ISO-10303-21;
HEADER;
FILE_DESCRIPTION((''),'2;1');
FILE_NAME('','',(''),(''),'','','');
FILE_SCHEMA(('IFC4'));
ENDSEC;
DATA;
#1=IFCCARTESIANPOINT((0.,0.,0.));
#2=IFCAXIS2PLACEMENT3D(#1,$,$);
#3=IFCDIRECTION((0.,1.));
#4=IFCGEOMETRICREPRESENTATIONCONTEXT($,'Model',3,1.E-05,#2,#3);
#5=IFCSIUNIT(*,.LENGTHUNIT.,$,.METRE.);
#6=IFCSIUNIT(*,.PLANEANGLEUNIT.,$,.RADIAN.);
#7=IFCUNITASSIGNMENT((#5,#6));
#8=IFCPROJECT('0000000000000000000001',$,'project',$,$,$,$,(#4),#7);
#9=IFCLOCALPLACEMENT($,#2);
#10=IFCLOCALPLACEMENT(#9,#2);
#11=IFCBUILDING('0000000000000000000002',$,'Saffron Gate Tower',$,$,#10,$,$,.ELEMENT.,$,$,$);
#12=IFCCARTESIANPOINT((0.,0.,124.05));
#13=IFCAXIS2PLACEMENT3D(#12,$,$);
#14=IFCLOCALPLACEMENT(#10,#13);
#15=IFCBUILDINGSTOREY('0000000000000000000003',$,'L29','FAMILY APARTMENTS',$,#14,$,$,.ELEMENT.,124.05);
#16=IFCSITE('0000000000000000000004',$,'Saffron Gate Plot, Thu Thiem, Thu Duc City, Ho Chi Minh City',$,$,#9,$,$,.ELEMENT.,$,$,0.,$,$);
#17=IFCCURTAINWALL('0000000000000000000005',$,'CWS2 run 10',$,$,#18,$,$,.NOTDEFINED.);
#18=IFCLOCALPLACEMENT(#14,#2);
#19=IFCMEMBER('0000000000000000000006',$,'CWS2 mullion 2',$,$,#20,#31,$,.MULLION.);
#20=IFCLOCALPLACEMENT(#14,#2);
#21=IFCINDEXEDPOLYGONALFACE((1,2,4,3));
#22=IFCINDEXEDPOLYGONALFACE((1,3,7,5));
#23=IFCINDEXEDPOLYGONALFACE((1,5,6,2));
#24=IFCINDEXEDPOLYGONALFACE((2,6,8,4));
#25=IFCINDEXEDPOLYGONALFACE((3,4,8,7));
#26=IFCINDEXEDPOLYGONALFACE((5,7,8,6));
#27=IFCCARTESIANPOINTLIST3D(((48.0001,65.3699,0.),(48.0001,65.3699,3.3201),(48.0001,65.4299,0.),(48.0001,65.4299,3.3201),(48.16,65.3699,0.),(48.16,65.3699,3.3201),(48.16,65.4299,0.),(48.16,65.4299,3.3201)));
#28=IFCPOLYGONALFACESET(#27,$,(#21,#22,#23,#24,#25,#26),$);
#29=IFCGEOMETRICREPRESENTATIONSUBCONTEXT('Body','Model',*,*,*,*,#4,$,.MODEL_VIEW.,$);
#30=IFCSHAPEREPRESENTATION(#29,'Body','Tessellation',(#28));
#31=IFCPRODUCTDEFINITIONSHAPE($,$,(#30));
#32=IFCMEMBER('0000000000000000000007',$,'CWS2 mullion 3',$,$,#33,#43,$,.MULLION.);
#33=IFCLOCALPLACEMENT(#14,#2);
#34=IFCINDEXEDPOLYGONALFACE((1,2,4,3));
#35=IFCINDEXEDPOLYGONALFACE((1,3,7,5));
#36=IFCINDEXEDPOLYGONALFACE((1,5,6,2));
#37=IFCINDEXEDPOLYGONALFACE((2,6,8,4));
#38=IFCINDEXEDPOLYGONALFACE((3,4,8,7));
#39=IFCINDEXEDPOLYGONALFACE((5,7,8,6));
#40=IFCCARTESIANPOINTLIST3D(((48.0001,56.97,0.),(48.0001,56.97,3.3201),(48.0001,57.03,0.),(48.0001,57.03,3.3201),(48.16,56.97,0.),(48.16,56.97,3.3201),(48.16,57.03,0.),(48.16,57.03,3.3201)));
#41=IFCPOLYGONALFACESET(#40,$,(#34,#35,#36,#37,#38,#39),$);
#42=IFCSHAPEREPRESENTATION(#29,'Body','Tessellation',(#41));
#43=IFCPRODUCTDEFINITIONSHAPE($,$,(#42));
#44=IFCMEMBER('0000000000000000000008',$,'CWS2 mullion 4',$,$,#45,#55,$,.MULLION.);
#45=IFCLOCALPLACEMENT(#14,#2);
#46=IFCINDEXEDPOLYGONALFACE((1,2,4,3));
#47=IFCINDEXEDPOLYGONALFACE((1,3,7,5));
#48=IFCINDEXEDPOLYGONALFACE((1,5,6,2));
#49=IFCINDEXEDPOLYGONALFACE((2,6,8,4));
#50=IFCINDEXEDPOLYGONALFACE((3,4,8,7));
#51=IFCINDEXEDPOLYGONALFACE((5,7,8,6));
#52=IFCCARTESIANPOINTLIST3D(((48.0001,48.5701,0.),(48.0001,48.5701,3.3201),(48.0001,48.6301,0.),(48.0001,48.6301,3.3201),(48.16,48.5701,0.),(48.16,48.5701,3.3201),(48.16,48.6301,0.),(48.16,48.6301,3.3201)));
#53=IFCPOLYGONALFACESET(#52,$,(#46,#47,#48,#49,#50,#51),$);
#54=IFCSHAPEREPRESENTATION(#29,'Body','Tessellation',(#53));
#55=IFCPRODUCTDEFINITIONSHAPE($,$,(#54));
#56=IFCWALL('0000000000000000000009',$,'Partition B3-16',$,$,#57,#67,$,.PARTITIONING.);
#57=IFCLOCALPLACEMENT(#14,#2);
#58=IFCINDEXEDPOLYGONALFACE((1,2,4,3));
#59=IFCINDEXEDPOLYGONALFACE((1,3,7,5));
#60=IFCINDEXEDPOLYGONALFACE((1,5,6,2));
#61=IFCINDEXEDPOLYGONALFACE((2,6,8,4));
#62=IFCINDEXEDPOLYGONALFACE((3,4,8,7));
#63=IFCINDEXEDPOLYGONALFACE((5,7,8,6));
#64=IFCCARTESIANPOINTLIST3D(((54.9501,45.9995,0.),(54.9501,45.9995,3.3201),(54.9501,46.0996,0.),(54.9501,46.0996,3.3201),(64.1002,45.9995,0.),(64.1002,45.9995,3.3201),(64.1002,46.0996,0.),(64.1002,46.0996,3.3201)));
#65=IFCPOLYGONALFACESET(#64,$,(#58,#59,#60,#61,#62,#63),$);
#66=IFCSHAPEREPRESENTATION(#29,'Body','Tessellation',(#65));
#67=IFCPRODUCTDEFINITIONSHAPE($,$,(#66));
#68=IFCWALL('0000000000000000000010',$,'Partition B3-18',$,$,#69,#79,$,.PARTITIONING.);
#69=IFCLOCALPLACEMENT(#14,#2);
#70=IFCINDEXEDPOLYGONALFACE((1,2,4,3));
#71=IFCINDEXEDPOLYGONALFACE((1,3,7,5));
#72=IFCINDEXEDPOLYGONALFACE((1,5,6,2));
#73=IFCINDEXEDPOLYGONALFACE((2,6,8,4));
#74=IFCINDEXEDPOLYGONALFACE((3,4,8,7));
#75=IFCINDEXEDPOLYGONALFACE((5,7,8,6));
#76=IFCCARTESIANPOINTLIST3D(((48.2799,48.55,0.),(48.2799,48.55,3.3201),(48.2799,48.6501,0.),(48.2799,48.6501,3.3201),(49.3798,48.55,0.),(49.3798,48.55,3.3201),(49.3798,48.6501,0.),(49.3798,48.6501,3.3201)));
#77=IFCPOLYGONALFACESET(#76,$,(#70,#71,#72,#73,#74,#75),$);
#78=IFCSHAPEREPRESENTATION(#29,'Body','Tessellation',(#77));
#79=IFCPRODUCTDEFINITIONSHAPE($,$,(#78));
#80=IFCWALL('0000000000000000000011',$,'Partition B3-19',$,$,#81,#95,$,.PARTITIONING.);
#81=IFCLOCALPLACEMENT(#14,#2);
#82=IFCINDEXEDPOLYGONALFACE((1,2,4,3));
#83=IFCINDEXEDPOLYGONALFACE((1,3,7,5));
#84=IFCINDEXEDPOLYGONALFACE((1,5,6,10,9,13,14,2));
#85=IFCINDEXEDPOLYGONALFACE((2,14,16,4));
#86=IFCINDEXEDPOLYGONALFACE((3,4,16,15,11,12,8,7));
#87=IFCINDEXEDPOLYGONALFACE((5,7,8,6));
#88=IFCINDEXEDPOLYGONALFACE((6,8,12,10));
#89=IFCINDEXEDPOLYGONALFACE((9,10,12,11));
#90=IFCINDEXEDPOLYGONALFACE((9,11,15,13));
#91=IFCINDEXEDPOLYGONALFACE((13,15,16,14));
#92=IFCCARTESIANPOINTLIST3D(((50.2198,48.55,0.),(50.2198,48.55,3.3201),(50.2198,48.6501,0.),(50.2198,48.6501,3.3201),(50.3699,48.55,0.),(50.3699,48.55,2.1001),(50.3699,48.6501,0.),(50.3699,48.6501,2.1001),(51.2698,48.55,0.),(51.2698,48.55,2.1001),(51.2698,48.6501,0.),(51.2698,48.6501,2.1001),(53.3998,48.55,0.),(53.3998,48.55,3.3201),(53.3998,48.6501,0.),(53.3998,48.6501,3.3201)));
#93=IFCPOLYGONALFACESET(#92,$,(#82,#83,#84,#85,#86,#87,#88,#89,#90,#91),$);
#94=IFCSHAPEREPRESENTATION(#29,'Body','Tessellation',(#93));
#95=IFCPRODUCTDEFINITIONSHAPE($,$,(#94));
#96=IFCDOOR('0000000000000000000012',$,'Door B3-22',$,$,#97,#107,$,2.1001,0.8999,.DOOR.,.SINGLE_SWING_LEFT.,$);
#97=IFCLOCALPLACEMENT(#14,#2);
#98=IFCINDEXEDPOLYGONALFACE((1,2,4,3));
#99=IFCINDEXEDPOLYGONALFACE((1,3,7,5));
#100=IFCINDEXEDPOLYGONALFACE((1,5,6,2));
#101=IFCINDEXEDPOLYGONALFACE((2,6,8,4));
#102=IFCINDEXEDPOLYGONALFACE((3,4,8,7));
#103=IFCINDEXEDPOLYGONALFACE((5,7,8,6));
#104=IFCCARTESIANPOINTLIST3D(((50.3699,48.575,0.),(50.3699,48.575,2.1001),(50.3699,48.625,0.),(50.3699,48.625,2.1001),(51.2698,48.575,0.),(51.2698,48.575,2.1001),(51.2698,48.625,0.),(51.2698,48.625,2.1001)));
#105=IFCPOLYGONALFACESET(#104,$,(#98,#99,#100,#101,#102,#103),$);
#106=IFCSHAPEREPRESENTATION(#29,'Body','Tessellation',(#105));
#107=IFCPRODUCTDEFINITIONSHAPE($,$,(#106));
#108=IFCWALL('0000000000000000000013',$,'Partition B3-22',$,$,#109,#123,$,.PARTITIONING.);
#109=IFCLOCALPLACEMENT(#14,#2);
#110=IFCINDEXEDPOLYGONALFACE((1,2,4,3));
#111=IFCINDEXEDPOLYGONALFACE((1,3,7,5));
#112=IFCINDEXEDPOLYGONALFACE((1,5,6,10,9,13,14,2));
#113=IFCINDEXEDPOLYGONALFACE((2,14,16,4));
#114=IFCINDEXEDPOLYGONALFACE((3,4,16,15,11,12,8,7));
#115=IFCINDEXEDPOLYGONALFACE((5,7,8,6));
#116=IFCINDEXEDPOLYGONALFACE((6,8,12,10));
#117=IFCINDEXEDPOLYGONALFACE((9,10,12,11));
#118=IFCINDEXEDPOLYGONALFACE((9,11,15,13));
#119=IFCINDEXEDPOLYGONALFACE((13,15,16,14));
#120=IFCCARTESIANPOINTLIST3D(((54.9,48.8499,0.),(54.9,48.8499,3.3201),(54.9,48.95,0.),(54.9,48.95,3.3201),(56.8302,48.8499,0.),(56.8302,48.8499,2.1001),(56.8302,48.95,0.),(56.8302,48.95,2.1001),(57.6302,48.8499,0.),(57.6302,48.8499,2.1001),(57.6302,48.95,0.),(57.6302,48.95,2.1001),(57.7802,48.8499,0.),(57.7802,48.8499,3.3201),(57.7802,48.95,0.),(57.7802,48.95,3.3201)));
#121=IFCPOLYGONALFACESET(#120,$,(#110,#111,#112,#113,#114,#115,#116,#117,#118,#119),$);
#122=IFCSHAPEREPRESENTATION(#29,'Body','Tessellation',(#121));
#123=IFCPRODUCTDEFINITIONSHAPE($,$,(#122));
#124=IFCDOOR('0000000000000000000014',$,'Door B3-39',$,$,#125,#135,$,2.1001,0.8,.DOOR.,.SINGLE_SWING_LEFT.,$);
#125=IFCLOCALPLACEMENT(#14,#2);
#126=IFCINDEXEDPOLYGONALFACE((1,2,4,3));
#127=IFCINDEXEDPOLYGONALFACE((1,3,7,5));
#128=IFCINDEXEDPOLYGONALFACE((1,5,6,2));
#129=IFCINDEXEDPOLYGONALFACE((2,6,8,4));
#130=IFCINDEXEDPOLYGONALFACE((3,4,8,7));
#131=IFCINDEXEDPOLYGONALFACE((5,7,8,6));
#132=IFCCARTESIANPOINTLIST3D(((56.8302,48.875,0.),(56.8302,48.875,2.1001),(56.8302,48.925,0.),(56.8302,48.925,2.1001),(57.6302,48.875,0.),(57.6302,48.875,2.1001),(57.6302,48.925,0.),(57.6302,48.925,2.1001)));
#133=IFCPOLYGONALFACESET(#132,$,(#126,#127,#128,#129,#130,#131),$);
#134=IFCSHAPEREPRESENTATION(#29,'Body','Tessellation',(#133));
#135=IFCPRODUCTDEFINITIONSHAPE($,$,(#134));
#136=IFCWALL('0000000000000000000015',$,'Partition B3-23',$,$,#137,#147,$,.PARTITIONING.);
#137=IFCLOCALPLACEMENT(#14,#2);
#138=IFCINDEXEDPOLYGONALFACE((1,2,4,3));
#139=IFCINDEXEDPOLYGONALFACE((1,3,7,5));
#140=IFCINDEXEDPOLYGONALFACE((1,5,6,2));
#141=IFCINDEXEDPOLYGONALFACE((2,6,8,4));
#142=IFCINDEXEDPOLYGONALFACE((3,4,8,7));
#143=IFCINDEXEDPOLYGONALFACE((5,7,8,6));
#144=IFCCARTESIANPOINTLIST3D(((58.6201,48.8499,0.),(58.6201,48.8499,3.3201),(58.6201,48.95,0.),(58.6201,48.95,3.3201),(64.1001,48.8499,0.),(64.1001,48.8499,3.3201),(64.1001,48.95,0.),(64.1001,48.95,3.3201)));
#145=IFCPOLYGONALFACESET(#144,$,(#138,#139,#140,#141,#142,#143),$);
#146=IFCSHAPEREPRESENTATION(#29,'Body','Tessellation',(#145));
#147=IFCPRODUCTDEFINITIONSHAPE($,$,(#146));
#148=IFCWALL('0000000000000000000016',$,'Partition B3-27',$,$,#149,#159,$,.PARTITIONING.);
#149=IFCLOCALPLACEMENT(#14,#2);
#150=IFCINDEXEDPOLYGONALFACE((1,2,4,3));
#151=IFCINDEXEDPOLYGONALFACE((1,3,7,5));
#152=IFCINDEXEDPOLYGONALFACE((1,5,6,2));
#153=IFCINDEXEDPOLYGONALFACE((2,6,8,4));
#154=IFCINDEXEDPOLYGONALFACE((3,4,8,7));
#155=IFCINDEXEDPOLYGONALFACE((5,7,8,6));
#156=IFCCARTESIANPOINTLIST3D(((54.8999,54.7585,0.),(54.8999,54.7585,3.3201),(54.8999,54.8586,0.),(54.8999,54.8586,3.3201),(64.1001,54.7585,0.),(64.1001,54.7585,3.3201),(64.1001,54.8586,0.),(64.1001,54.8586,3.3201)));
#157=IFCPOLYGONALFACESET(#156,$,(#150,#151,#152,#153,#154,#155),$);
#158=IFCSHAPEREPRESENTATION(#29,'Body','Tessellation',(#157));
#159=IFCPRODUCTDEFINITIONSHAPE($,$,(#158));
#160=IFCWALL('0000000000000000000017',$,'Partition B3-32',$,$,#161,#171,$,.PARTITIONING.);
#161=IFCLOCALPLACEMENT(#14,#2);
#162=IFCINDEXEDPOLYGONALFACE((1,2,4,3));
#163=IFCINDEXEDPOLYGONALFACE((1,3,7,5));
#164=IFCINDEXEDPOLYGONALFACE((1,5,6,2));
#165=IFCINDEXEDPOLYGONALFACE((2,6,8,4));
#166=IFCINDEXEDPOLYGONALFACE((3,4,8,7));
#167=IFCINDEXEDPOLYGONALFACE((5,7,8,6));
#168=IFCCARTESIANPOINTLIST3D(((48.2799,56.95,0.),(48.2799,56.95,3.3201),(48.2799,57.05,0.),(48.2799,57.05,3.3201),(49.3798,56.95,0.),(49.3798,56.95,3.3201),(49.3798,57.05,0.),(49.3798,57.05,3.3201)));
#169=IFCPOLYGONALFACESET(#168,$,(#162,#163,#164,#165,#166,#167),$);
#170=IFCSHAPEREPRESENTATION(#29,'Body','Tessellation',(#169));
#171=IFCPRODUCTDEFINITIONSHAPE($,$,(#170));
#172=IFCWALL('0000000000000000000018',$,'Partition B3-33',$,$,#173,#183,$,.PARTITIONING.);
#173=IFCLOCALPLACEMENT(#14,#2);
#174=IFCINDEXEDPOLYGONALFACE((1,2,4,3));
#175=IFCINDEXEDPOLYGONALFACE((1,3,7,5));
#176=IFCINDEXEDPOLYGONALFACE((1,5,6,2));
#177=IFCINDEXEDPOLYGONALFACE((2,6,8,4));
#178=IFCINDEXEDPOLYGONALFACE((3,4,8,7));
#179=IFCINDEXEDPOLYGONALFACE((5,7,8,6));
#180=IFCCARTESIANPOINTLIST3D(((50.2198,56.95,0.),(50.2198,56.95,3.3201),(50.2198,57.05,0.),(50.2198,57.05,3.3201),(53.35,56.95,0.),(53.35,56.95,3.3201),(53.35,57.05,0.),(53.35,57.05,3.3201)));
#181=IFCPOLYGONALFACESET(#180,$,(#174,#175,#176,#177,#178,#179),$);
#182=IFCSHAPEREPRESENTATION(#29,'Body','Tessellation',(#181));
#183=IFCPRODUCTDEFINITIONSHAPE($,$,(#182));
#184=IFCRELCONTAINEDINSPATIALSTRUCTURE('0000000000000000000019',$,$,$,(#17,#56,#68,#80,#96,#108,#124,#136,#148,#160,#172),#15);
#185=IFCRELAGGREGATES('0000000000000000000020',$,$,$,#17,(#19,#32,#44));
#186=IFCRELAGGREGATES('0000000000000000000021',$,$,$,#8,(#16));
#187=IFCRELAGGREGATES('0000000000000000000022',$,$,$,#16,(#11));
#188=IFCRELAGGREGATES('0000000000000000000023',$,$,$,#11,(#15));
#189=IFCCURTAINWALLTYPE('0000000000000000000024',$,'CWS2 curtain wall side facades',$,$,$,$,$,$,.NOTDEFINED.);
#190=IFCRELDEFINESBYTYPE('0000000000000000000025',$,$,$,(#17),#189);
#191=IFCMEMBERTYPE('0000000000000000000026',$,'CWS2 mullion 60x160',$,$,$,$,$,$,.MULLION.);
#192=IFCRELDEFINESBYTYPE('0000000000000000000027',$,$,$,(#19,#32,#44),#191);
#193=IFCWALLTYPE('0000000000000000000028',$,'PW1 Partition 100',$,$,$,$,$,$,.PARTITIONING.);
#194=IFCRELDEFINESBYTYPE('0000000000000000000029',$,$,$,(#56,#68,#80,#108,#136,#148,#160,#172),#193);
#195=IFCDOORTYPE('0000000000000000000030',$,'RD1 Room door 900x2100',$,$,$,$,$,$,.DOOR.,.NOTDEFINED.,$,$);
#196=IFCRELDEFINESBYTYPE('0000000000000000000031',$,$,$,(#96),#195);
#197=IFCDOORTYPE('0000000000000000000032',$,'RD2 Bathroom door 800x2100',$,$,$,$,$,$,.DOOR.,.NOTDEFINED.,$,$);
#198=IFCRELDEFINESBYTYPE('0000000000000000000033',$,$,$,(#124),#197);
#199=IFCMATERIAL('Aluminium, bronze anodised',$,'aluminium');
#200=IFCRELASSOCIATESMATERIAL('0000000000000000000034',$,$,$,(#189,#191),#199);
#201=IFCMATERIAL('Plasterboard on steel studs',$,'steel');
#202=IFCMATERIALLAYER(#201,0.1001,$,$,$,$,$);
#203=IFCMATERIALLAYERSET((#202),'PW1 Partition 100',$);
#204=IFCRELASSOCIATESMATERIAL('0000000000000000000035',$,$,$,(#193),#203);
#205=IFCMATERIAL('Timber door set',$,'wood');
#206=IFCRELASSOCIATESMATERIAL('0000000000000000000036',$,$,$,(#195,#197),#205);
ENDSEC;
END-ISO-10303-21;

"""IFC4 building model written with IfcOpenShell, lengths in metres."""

from ifc_helpers import new_model, si_unit, direction, frame, frame_2d, origin, origin_2d, place, context, subcontext, project, spatial, rectangle, extrude, material, layer, layer_set, material_profile, profile_set, type_object, element, fill, aggregate, save


model = new_model("IFC4")

# Units and contexts
model_context = context("Model", 3, precision=1e-05, world=origin(), true_north=direction((0.0, 1.0)))
body_context = subcontext(model_context, "Body", "Model", "MODEL_VIEW")
ifc_project = project(units=[si_unit("LENGTHUNIT", "METRE"), si_unit("PLANEANGLEUNIT", "RADIAN")], contexts=[model_context])

# Site, building, storey
site_placement = place(None, origin())
site = spatial("IfcSite", under=ifc_project, at=site_placement, Name="Saffron Gate Plot, Thu Thiem, Thu Duc City, Ho Chi Minh City", CompositionType="ELEMENT", RefElevation=0.0)
building_placement = place(site_placement, origin())
building = spatial("IfcBuilding", under=site, at=building_placement, Name="Saffron Gate Tower", CompositionType="ELEMENT")
storey_placement = place(building_placement, frame((0.0, 0.0, 124.05)))
storey = spatial("IfcBuildingStorey", under=building, at=storey_placement, Name="L29", Description="FAMILY APARTMENTS", CompositionType="ELEMENT", Elevation=124.05)

# Curtain wall, members
ifc_material_1 = material(Name="Aluminium, bronze anodised", Category="aluminium")
curtain_wall_type = type_object("IfcCurtainWallType", Name="CWS2 curtain wall side facades", PredefinedType="NOTDEFINED", material=ifc_material_1)
curtain_wall_placement = place(storey_placement, origin())
curtain_wall = element("IfcCurtainWall", 1, at=curtain_wall_placement, inside=storey, type_object=curtain_wall_type, Name="CWS2 run 10", PredefinedType="NOTDEFINED")
ifc_material_profile_1 = material_profile(ifc_material_1, rectangle(XDim=0.1599, YDim=0.0601, at=origin_2d()))
ifc_profile_set_1 = profile_set([ifc_material_profile_1], Name="Aluminium, bronze anodised")
member_type = type_object("IfcMemberType", Name="CWS2 mullion 60x160", PredefinedType="MULLION", material=ifc_profile_set_1)
member_1_placement = place(storey_placement, frame((48.0801, 65.3999, 0.0), z_axis=(0.0, 0.0, 1.0), x_axis=(1.0, 0.0, 0.0)))
member_1 = element("IfcMember", 2, at=member_1_placement, type_object=member_type, Name="CWS2 mullion 2", PredefinedType="MULLION", context=body_context, shape_type="SweptSolid", body=[
    extrude(rectangle(XDim=0.1599, YDim=0.0601, at=origin_2d()), origin(), (0.0, 0.0, 1.0), 3.3201),
])
member_2_placement = place(storey_placement, frame((48.0801, 57.0, 0.0), z_axis=(0.0, 0.0, 1.0), x_axis=(1.0, 0.0, 0.0)))
member_2 = element("IfcMember", 3, at=member_2_placement, type_object=member_type, Name="CWS2 mullion 3", PredefinedType="MULLION", context=body_context, shape_type="SweptSolid", body=[
    extrude(rectangle(XDim=0.1599, YDim=0.0601, at=origin_2d()), origin(), (0.0, 0.0, 1.0), 3.3201),
])
member_3_placement = place(storey_placement, frame((48.0801, 48.6001, 0.0), z_axis=(0.0, 0.0, 1.0), x_axis=(1.0, 0.0, 0.0)))
member_3 = element("IfcMember", 4, at=member_3_placement, type_object=member_type, Name="CWS2 mullion 4", PredefinedType="MULLION", context=body_context, shape_type="SweptSolid", body=[
    extrude(rectangle(XDim=0.1599, YDim=0.0601, at=origin_2d()), origin(), (0.0, 0.0, 1.0), 3.3201),
])
aggregate(curtain_wall, [member_1, member_2, member_3])

# Walls
ifc_material_2 = material(Name="Plasterboard on steel studs", Category="steel")
ifc_layer_1 = layer(ifc_material_2, 0.1001)
ifc_layer_set_1 = layer_set([ifc_layer_1], Name="PW1 Partition 100")
wall_type_1 = type_object("IfcWallType", Name="PW1 Partition 100", PredefinedType="PARTITIONING", material=ifc_layer_set_1)
wall_1_placement = place(storey_placement, frame((54.95, 46.0496, 0.0), z_axis=(0.0, 0.0, 1.0), x_axis=(1.0, 0.0, 0.0)))
element("IfcWall", 5, at=wall_1_placement, inside=storey, type_object=wall_type_1, Name="Partition B3-16", PredefinedType="PARTITIONING", context=body_context, shape_type="SweptSolid", body=[
    extrude(rectangle(XDim=9.1501, YDim=0.1001, at=frame_2d((4.5752, 0.0))), origin(), (0.0, 0.0, 1.0), 3.3201),
])
wall_2_placement = place(storey_placement, frame((48.28, 48.6001, 0.0), z_axis=(0.0, 0.0, 1.0), x_axis=(1.0, 0.0, 0.0)))
element("IfcWall", 6, at=wall_2_placement, inside=storey, type_object=wall_type_1, Name="Partition B3-18", PredefinedType="PARTITIONING", context=body_context, shape_type="SweptSolid", body=[
    extrude(rectangle(XDim=1.0999, YDim=0.1001, at=frame_2d((0.5498, 0.0))), origin(), (0.0, 0.0, 1.0), 3.3201),
])

# Walls, openings, doors
wall_3_placement = place(storey_placement, frame((50.22, 48.6001, 0.0), z_axis=(0.0, 0.0, 1.0), x_axis=(1.0, 0.0, 0.0)))
wall_3 = element("IfcWall", 7, at=wall_3_placement, inside=storey, type_object=wall_type_1, Name="Partition B3-19", PredefinedType="PARTITIONING", context=body_context, shape_type="SweptSolid", body=[
    extrude(rectangle(XDim=3.1799, YDim=0.1001, at=frame_2d((1.5898, 0.0))), origin(), (0.0, 0.0, 1.0), 3.3201),
])
opening_1_placement = place(wall_3_placement, frame((0.1499, 0.0, 0.0)))
opening_1 = element("IfcOpeningElement", 8, at=opening_1_placement, cuts=wall_3, PredefinedType="OPENING", context=body_context, shape_type="SweptSolid", body=[
    extrude(rectangle(XDim=0.8999, YDim=2.1001, at=frame_2d((0.45, 1.05))), frame((0.0, 0.0601, 0.0), z_axis=(0.0, -1.0, 0.0), x_axis=(1.0, 0.0, 0.0)), (0.0, 0.0, 1.0), 0.1201),
])
ifc_material_3 = material(Name="Timber door set", Category="wood")
door_type_1 = type_object("IfcDoorType", Name="RD1 Room door 900x2100", OperationType="NOTDEFINED", PredefinedType="DOOR", material=ifc_material_3)
door_1_placement = place(opening_1_placement, origin())
door_1 = element("IfcDoor", 9, at=door_1_placement, inside=storey, type_object=door_type_1, Name="Door B3-22", OperationType="SINGLE_SWING_LEFT", OverallHeight=2.1001, OverallWidth=0.8999, PredefinedType="DOOR", context=body_context, shape_type="SweptSolid", body=[
    extrude(rectangle(XDim=0.8999, YDim=2.1001, at=frame_2d((0.45, 1.05))), frame((0.0, 0.0249, 0.0), z_axis=(0.0, -1.0, 0.0), x_axis=(1.0, 0.0, 0.0)), (0.0, 0.0, 1.0), 0.05),
])
fill(opening_1, door_1)
wall_4_placement = place(storey_placement, frame((57.78, 48.8999, 0.0), z_axis=(0.0, 0.0, 1.0), x_axis=(-1.0, 0.0, 0.0)))
wall_4 = element("IfcWall", 10, at=wall_4_placement, inside=storey, type_object=wall_type_1, Name="Partition B3-22", PredefinedType="PARTITIONING", context=body_context, shape_type="SweptSolid", body=[
    extrude(rectangle(XDim=2.8801, YDim=0.1001, at=frame_2d((1.4399, 0.0))), origin(), (0.0, 0.0, 1.0), 3.3201),
])
opening_2_placement = place(wall_4_placement, frame((0.1499, 0.0, 0.0)))
opening_2 = element("IfcOpeningElement", 11, at=opening_2_placement, cuts=wall_4, PredefinedType="OPENING", context=body_context, shape_type="SweptSolid", body=[
    extrude(rectangle(XDim=0.8, YDim=2.1001, at=frame_2d((0.3999, 1.05))), frame((0.0, 0.0601, 0.0), z_axis=(0.0, -1.0, 0.0), x_axis=(1.0, 0.0, 0.0)), (0.0, 0.0, 1.0), 0.1201),
])
door_type_2 = type_object("IfcDoorType", Name="RD2 Bathroom door 800x2100", OperationType="NOTDEFINED", PredefinedType="DOOR", material=ifc_material_3)
door_2_placement = place(opening_2_placement, origin())
door_2 = element("IfcDoor", 12, at=door_2_placement, inside=storey, type_object=door_type_2, Name="Door B3-39", OperationType="SINGLE_SWING_LEFT", OverallHeight=2.1001, OverallWidth=0.8, PredefinedType="DOOR", context=body_context, shape_type="SweptSolid", body=[
    extrude(rectangle(XDim=0.8, YDim=2.1001, at=frame_2d((0.3999, 1.05))), frame((0.0, 0.0249, 0.0), z_axis=(0.0, -1.0, 0.0), x_axis=(1.0, 0.0, 0.0)), (0.0, 0.0, 1.0), 0.05),
])
fill(opening_2, door_2)

# Walls
wall_5_placement = place(storey_placement, frame((58.6201, 48.8999, 0.0), z_axis=(0.0, 0.0, 1.0), x_axis=(1.0, 0.0, 0.0)))
element("IfcWall", 13, at=wall_5_placement, inside=storey, type_object=wall_type_1, Name="Partition B3-23", PredefinedType="PARTITIONING", context=body_context, shape_type="SweptSolid", body=[
    extrude(rectangle(XDim=5.48, YDim=0.1001, at=frame_2d((2.74, 0.0))), origin(), (0.0, 0.0, 1.0), 3.3201),
])
wall_6_placement = place(storey_placement, frame((54.8999, 54.8086, 0.0), z_axis=(0.0, 0.0, 1.0), x_axis=(1.0, 0.0, 0.0)))
element("IfcWall", 14, at=wall_6_placement, inside=storey, type_object=wall_type_1, Name="Partition B3-27", PredefinedType="PARTITIONING", context=body_context, shape_type="SweptSolid", body=[
    extrude(rectangle(XDim=9.2002, YDim=0.1001, at=frame_2d((4.6001, 0.0))), origin(), (0.0, 0.0, 1.0), 3.3201),
])
wall_7_placement = place(storey_placement, frame((48.28, 57.0, 0.0), z_axis=(0.0, 0.0, 1.0), x_axis=(1.0, 0.0, 0.0)))
element("IfcWall", 15, at=wall_7_placement, inside=storey, type_object=wall_type_1, Name="Partition B3-32", PredefinedType="PARTITIONING", context=body_context, shape_type="SweptSolid", body=[
    extrude(rectangle(XDim=1.0999, YDim=0.1001, at=frame_2d((0.5498, 0.0))), origin(), (0.0, 0.0, 1.0), 3.3201),
])
wall_8_placement = place(storey_placement, frame((50.22, 57.0, 0.0), z_axis=(0.0, 0.0, 1.0), x_axis=(1.0, 0.0, 0.0)))
element("IfcWall", 16, at=wall_8_placement, inside=storey, type_object=wall_type_1, Name="Partition B3-33", PredefinedType="PARTITIONING", context=body_context, shape_type="SweptSolid", body=[
    extrude(rectangle(XDim=3.1301, YDim=0.1001, at=frame_2d((1.5649, 0.0))), origin(), (0.0, 0.0, 1.0), 3.3201),
])

save(model, "model.ifc")
